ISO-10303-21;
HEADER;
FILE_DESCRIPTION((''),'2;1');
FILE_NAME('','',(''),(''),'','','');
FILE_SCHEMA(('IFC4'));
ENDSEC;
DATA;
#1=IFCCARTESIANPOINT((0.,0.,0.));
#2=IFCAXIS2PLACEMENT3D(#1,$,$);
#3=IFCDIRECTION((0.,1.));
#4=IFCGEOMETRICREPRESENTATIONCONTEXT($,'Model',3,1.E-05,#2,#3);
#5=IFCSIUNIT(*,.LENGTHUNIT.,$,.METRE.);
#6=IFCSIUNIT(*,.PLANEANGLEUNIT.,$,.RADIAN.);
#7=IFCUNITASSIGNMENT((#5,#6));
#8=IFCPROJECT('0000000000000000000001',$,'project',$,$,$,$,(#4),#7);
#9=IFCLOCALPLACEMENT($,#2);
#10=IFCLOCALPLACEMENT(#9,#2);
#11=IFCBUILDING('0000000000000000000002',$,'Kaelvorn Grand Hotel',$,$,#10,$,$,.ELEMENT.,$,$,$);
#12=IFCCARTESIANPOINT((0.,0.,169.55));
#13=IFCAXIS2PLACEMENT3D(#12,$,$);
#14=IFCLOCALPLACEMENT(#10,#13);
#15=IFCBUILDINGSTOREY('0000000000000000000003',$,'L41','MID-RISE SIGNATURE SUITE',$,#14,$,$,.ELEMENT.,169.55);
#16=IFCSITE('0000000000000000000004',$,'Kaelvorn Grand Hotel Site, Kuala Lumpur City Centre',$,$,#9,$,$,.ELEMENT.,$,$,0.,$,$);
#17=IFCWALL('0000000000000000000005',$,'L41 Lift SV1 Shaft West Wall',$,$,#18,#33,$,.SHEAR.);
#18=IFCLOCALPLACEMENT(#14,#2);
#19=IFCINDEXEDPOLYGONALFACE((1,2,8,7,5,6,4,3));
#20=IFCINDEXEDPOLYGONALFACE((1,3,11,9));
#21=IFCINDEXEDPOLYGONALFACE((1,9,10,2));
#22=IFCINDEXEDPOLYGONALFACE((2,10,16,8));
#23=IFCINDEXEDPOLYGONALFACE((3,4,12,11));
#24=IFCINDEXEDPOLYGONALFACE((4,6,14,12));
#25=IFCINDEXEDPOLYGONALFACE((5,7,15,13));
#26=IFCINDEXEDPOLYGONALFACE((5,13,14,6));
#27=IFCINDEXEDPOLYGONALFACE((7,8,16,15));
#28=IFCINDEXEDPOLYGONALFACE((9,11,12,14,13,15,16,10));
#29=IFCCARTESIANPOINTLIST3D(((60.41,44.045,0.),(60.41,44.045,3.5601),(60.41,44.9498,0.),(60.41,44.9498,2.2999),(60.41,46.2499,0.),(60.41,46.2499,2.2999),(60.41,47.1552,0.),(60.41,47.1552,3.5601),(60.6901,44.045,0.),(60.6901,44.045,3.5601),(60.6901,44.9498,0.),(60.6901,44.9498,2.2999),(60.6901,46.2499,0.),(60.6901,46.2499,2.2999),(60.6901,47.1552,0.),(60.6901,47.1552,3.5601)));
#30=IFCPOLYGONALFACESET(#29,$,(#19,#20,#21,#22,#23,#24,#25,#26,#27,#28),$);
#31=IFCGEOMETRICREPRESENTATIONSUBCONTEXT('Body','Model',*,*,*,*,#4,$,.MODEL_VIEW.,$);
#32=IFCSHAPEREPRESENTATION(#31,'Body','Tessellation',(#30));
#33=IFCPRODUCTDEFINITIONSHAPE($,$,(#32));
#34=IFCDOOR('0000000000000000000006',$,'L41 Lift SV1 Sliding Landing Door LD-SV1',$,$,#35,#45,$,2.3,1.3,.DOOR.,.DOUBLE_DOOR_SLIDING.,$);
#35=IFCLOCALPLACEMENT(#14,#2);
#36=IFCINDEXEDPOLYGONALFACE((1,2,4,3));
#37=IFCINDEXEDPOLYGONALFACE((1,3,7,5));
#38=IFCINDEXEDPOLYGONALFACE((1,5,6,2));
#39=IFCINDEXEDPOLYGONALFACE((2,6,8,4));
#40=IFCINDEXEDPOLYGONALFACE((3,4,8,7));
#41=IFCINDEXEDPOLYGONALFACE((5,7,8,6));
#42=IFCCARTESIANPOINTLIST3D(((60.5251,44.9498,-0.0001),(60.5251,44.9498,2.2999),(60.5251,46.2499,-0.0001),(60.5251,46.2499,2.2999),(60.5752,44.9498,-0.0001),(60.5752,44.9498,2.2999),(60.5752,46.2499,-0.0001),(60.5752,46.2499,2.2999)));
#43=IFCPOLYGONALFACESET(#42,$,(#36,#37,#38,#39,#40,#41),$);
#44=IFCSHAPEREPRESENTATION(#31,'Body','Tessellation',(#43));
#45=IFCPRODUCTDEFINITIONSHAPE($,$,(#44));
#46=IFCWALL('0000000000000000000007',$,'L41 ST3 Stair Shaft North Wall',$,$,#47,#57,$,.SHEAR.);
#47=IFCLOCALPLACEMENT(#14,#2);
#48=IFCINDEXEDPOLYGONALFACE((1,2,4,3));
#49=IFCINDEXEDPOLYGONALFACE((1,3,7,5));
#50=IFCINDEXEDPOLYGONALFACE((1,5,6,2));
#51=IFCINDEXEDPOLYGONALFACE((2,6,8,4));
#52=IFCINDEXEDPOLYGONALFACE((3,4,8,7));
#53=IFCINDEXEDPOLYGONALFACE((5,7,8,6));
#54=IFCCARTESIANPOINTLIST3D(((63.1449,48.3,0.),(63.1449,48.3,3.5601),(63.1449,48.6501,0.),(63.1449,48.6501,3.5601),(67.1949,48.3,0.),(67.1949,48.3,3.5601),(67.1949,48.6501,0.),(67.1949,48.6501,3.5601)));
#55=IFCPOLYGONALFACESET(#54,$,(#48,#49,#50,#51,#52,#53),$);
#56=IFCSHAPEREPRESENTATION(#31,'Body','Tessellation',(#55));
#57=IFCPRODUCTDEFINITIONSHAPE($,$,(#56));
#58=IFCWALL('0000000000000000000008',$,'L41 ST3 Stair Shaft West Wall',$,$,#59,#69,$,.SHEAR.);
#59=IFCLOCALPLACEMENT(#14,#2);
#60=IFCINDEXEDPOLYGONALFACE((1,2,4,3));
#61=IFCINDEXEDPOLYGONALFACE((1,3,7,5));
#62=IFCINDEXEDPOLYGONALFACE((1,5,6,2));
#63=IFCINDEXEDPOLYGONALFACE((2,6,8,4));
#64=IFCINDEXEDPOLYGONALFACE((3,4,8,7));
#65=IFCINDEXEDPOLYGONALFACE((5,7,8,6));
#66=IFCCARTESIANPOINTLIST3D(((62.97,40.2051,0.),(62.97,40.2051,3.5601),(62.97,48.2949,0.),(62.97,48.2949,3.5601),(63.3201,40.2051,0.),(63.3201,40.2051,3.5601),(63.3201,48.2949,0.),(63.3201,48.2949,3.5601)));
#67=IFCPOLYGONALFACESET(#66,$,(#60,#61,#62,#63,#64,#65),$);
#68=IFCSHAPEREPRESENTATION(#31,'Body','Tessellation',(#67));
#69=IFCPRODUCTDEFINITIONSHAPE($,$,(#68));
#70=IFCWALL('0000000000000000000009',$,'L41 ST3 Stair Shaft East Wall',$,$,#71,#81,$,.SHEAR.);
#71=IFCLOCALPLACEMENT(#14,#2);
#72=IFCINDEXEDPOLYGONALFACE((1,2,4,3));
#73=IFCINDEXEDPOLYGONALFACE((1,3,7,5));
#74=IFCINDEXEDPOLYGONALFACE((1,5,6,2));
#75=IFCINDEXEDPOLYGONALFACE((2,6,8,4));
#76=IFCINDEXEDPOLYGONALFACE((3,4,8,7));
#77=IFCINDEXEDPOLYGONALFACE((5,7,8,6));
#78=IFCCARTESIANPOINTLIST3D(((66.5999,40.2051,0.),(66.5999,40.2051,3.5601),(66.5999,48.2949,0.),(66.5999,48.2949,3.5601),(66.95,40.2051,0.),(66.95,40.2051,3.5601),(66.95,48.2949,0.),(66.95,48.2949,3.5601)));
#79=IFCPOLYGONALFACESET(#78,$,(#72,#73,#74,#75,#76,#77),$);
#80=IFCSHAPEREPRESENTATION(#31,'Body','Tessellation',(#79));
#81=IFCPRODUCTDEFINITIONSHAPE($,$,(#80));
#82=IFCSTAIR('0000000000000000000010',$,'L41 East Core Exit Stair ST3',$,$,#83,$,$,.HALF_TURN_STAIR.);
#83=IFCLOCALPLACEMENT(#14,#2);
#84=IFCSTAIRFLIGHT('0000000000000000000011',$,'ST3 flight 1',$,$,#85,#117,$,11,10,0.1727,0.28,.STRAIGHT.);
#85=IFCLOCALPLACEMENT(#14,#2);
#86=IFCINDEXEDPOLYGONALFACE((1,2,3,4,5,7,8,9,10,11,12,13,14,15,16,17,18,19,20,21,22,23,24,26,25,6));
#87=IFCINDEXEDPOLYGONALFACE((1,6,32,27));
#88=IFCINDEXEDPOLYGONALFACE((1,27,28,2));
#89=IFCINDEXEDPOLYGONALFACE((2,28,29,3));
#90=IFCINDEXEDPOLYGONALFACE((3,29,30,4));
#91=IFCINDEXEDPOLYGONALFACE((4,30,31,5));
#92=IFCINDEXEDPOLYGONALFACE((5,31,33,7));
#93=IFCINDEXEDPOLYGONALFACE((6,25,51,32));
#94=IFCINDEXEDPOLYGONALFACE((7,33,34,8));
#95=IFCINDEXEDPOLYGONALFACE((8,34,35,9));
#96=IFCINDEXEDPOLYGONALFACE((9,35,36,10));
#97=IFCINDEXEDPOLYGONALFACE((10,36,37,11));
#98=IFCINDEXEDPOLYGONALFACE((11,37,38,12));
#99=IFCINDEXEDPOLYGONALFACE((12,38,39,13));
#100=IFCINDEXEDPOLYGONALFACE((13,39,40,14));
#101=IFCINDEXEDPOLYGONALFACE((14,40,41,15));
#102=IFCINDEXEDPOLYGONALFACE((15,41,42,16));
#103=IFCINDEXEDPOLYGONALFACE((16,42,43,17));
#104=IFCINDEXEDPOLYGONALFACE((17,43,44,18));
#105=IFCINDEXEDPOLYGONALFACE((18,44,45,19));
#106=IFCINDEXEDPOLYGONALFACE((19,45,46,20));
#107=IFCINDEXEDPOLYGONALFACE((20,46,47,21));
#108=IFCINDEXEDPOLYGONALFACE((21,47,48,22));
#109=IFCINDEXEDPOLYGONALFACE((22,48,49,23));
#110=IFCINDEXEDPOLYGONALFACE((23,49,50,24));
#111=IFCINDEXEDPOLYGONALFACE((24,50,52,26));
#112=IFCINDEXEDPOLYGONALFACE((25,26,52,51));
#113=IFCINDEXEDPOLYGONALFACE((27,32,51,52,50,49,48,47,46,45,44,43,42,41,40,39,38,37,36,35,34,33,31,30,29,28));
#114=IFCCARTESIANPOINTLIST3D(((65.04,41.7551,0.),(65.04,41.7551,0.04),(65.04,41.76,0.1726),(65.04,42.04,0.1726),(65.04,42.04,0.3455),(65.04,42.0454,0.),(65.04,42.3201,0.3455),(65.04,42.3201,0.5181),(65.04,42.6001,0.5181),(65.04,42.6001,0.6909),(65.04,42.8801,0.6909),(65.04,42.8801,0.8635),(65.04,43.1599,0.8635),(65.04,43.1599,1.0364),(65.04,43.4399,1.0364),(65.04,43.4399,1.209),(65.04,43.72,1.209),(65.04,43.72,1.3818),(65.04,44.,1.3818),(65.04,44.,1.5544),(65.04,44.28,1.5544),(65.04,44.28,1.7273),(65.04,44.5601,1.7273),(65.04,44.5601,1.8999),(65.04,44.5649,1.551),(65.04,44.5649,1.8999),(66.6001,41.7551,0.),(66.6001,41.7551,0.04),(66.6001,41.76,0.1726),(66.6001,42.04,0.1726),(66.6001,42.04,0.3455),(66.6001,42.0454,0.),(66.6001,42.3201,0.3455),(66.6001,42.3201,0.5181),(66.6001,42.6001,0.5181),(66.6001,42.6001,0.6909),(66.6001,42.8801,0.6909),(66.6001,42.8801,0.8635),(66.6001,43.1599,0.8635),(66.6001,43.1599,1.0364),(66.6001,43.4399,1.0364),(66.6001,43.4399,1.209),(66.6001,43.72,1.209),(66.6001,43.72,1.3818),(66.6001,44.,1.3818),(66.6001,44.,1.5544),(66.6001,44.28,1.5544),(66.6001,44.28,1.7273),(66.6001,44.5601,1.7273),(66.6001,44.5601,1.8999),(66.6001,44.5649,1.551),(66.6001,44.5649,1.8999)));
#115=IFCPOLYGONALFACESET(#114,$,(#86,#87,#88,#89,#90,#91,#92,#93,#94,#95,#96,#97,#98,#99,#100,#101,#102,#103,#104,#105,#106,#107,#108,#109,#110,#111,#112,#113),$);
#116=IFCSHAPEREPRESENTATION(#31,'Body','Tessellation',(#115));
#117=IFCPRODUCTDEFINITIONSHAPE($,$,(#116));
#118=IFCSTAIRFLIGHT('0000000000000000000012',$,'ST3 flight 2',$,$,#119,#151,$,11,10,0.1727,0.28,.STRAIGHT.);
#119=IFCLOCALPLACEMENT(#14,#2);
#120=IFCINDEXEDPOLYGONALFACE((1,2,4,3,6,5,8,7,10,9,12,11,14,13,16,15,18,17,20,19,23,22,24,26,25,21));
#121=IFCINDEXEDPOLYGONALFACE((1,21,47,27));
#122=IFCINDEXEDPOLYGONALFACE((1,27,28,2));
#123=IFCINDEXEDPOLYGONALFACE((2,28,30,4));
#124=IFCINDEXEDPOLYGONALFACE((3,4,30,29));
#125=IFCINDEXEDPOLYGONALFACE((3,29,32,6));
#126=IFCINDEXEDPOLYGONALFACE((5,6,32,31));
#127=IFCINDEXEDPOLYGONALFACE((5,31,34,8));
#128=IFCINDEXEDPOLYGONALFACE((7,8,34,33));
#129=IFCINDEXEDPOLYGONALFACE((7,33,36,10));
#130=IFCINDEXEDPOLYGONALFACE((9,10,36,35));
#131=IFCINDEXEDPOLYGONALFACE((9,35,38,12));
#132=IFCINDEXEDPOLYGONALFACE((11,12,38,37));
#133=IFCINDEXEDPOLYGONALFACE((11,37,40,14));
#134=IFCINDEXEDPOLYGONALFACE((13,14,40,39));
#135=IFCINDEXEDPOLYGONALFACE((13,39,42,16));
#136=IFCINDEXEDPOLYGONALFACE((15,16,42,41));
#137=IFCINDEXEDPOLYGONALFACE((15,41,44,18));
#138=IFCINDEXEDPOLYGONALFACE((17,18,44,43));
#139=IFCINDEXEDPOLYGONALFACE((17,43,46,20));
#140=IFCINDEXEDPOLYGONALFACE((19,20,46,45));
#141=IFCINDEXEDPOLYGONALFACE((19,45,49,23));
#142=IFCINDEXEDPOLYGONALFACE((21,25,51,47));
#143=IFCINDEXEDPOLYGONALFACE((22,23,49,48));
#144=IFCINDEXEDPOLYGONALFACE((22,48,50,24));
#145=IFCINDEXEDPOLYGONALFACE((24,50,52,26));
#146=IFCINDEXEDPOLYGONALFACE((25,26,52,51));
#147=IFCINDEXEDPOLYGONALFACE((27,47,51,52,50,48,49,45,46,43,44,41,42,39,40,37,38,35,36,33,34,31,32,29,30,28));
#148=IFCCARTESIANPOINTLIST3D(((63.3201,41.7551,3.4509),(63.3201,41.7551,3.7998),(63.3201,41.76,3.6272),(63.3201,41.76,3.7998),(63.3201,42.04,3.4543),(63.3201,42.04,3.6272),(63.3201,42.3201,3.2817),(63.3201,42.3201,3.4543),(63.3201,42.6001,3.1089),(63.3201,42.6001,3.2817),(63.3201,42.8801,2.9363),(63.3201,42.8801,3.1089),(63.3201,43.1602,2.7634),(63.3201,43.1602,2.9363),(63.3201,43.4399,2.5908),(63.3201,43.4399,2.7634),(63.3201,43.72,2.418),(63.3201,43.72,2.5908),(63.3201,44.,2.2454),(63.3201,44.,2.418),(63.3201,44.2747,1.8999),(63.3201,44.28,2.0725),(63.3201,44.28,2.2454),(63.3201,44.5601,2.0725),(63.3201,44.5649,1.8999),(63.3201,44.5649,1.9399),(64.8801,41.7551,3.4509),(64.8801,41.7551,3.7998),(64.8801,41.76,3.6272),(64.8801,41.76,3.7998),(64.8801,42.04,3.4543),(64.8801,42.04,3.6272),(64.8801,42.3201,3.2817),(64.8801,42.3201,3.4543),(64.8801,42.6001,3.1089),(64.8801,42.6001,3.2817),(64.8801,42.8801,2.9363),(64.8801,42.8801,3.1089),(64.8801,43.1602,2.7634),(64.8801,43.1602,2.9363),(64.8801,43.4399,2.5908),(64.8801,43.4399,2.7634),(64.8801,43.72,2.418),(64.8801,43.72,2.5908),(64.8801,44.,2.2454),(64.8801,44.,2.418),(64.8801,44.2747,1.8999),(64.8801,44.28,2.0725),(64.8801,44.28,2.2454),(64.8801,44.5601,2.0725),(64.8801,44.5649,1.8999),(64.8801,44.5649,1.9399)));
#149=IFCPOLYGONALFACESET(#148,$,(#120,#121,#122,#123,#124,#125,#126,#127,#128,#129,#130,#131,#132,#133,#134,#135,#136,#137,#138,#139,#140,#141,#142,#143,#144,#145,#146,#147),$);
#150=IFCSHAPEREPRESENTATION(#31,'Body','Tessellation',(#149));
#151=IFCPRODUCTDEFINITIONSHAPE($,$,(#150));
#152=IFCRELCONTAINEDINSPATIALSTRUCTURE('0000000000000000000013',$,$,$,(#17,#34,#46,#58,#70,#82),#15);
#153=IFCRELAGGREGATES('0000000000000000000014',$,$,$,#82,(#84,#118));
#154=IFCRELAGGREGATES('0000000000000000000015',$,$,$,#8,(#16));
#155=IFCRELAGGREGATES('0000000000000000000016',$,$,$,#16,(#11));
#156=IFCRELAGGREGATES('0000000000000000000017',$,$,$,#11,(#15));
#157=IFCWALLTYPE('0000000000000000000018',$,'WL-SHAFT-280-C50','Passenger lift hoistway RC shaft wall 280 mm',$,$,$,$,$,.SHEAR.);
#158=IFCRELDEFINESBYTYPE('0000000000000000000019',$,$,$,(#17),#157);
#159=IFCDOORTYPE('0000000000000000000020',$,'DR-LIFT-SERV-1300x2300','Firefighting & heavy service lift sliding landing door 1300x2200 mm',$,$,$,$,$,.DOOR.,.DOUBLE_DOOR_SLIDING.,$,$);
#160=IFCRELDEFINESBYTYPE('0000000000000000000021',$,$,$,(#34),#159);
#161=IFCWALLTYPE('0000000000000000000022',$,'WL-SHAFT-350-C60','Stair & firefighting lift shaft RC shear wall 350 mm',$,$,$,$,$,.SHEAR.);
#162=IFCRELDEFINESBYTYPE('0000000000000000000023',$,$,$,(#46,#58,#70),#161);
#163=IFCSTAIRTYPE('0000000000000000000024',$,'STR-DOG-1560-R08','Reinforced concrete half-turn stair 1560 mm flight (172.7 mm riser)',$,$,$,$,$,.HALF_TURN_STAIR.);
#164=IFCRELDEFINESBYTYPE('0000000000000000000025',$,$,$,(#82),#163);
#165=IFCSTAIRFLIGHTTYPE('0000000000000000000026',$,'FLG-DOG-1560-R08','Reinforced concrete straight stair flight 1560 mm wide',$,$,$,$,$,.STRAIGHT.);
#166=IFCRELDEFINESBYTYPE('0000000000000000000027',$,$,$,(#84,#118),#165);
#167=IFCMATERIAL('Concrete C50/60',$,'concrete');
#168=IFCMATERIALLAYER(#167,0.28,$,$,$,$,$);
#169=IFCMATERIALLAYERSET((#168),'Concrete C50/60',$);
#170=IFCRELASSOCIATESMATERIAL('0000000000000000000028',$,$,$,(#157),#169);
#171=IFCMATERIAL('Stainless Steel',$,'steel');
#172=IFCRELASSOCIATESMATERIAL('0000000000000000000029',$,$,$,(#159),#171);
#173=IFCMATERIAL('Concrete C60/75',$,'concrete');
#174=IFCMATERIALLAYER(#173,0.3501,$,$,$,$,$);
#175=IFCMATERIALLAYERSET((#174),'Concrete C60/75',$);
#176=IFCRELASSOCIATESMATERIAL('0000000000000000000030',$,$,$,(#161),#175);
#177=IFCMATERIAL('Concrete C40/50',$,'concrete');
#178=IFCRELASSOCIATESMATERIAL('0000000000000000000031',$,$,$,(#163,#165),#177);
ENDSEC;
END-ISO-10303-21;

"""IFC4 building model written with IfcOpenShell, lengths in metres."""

from ifc_helpers import new_model, si_unit, direction, frame, frame_2d, origin, place, context, subcontext, project, spatial, polyline, rectangle, outline, extrude, material, layer, layer_set, type_object, element, fill, aggregate, save


model = new_model("IFC4")

# Units and contexts
model_context = context("Model", 3, precision=1e-05, world=origin(), true_north=direction((0.0, 1.0)))
body_context = subcontext(model_context, "Body", "Model", "MODEL_VIEW")
ifc_project = project(units=[si_unit("LENGTHUNIT", "METRE"), si_unit("PLANEANGLEUNIT", "RADIAN")], contexts=[model_context])

# Site, building, storey
site_placement = place(None, origin())
site = spatial("IfcSite", under=ifc_project, at=site_placement, Name="Kaelvorn Grand Hotel Site, Kuala Lumpur City Centre", CompositionType="ELEMENT", RefElevation=0.0)
building_placement = place(site_placement, origin())
building = spatial("IfcBuilding", under=site, at=building_placement, Name="Kaelvorn Grand Hotel", CompositionType="ELEMENT")
storey_placement = place(building_placement, frame((0.0, 0.0, 169.55)))
storey = spatial("IfcBuildingStorey", under=building, at=storey_placement, Name="L41", Description="MID-RISE SIGNATURE SUITE", CompositionType="ELEMENT", Elevation=169.55)

# Shared definitions
ifc_material_1 = material(Name="Concrete C60/75", Category="concrete")

# Shared definitions
ifc_material_2 = material(Name="Concrete C50/60", Category="concrete")

# Shared definitions
ifc_material_3 = material(Name="Concrete C40/50", Category="concrete")

# Shared definitions
ifc_layer_1 = layer(ifc_material_2, 0.28)
ifc_layer_set_1 = layer_set([ifc_layer_1], Name="Concrete C50/60")
wall_type_1 = type_object("IfcWallType", Name="WL-SHAFT-280-C50", Description="Passenger lift hoistway RC shaft wall 280 mm", PredefinedType="SHEAR", material=ifc_layer_set_1)

# Shared definitions
ifc_material_4 = material(Name="Stainless Steel", Category="steel")
door_type_1 = type_object("IfcDoorType", Name="DR-LIFT-SERV-1300x2300", Description="Firefighting & heavy service lift sliding landing door 1300x2200 mm", OperationType="DOUBLE_DOOR_SLIDING", PredefinedType="DOOR", material=ifc_material_4)

# Wall, opening, door
wall_1_placement = place(storey_placement, frame((60.55, 44.0449, 0.0), z_axis=(0.0, 0.0, 1.0), x_axis=(0.0, 1.0, 0.0)))
wall_1 = element("IfcWall", 1, at=wall_1_placement, inside=storey, type_object=wall_type_1, Name="L41 Lift SV1 Shaft West Wall", PredefinedType="SHEAR", context=body_context, shape_type="SweptSolid", body=[
    extrude(rectangle(XDim=3.1101, YDim=0.28, at=frame_2d((1.5552, 0.0))), origin(), (0.0, 0.0, 1.0), 3.5601),
])
opening_1_placement = place(wall_1_placement, frame((0.905, 0.0, 0.0)))
opening_1 = element("IfcOpeningElement", 2, at=opening_1_placement, cuts=wall_1, PredefinedType="OPENING", context=body_context, shape_type="SweptSolid", body=[
    extrude(rectangle(XDim=1.3, YDim=2.3, at=frame_2d((0.6499, 1.1499))), frame((0.0, 0.1499, 0.0), z_axis=(0.0, -1.0, 0.0), x_axis=(1.0, 0.0, 0.0)), (0.0, 0.0, 1.0), 0.3),
])
door_1_placement = place(opening_1_placement, origin())
door_1 = element("IfcDoor", 3, at=door_1_placement, inside=storey, type_object=door_type_1, Name="L41 Lift SV1 Sliding Landing Door LD-SV1", OperationType="DOUBLE_DOOR_SLIDING", OverallHeight=2.3, OverallWidth=1.3, PredefinedType="DOOR", context=body_context, shape_type="SweptSolid", body=[
    extrude(rectangle(XDim=1.3, YDim=2.3, at=frame_2d((0.6499, 1.1499))), frame((0.0, 0.0249, 0.0), z_axis=(0.0, -1.0, 0.0), x_axis=(1.0, 0.0, 0.0)), (0.0, 0.0, 1.0), 0.05),
])
fill(opening_1, door_1)
ifc_layer_2 = layer(ifc_material_1, 0.3501)
ifc_layer_set_2 = layer_set([ifc_layer_2], Name="Concrete C60/75")
wall_type_2 = type_object("IfcWallType", Name="WL-SHAFT-350-C60", Description="Stair & firefighting lift shaft RC shear wall 350 mm", PredefinedType="SHEAR", material=ifc_layer_set_2)

# Walls
wall_2_placement = place(storey_placement, frame((63.145, 48.4751, 0.0), z_axis=(0.0, 0.0, 1.0), x_axis=(1.0, 0.0, 0.0)))
element("IfcWall", 4, at=wall_2_placement, inside=storey, type_object=wall_type_2, Name="L41 ST3 Stair Shaft North Wall", PredefinedType="SHEAR", context=body_context, shape_type="SweptSolid", body=[
    extrude(rectangle(XDim=4.05, YDim=0.3501, at=frame_2d((2.0249, 0.0))), origin(), (0.0, 0.0, 1.0), 3.5601),
])
for number, where, z_axis, x_axis, name in (
    (5, (63.145, 40.2051, 0.0), (0.0, 0.0, 1.0), (0.0, 1.0, 0.0), "L41 ST3 Stair Shaft West Wall"),
    (6, (66.7749, 40.2051, 0.0), (0.0, 0.0, 1.0), (0.0, 1.0, 0.0), "L41 ST3 Stair Shaft East Wall"),
):
    element("IfcWall", number, at=place(storey_placement, frame(where, z_axis=z_axis, x_axis=x_axis)), inside=storey, type_object=wall_type_2, Name=name, PredefinedType="SHEAR", context=body_context, shape_type="SweptSolid", body=[
        extrude(rectangle(XDim=8.0898, YDim=0.3501, at=frame_2d((4.0449, 0.0))), origin(), (0.0, 0.0, 1.0), 3.5601),
    ])

# Stair, stair flights
stair_type = type_object("IfcStairType", Name="STR-DOG-1560-R08", Description="Reinforced concrete half-turn stair 1560 mm flight (172.7 mm riser)", PredefinedType="HALF_TURN_STAIR", material=ifc_material_3)
stair_placement = place(storey_placement, origin())
stair = element("IfcStair", 7, at=stair_placement, inside=storey, type_object=stair_type, Name="L41 East Core Exit Stair ST3", PredefinedType="HALF_TURN_STAIR")
stair_flight_type = type_object("IfcStairFlightType", Name="FLG-DOG-1560-R08", Description="Reinforced concrete straight stair flight 1560 mm wide", PredefinedType="STRAIGHT", material=ifc_material_3)
stair_flight_1_placement = place(storey_placement, frame((65.8201, 41.76, 0.0), z_axis=(0.0, 0.0, 1.0), x_axis=(0.0, 1.0, 0.0)))
stair_flight_1 = element("IfcStairFlight", 8, at=stair_flight_1_placement, type_object=stair_flight_type, Name="ST3 flight 1", NumberOfRisers=11, NumberOfTreads=10, PredefinedType="STRAIGHT", RiserHeight=0.1727, TreadLength=0.28, context=body_context, shape_type="SweptSolid", body=[
    extrude(outline(polyline([(-0.0049, 0.0), (-0.0049, 0.04), (0.0, 0.1726), (0.28, 0.1726), (0.28, 0.3455), (0.5601, 0.3455), (0.5601, 0.5181), (0.8401, 0.5181), (0.8401, 0.6909), (1.1201, 0.6909), (1.1201, 0.8635), (1.3999, 0.8635), (1.3999, 1.0364), (1.6799, 1.0364), (1.6799, 1.209), (1.96, 1.209), (1.96, 1.3818), (2.24, 1.3818), (2.24, 1.5544), (2.52, 1.5544), (2.52, 1.7273), (2.8, 1.7273), (2.8, 1.8999), (2.8049, 1.8999), (2.8049, 1.551), (0.2854, 0.0), (-0.0049, 0.0)])), frame((0.0, 0.78, 0.0), z_axis=(0.0, -1.0, 0.0), x_axis=(1.0, 0.0, 0.0)), (0.0, 0.0, 1.0), 1.5601),
])
stair_flight_2_placement = place(storey_placement, frame((64.1001, 44.5601, 1.8999), z_axis=(0.0, 0.0, 1.0), x_axis=(0.0, -1.0, 0.0)))
stair_flight_2 = element("IfcStairFlight", 9, at=stair_flight_2_placement, type_object=stair_flight_type, Name="ST3 flight 2", NumberOfRisers=11, NumberOfTreads=10, PredefinedType="STRAIGHT", RiserHeight=0.1727, TreadLength=0.28, context=body_context, shape_type="SweptSolid", body=[
    extrude(outline(polyline([(-0.0049, 0.0), (-0.0049, 0.04), (0.0, 0.1726), (0.28, 0.1726), (0.28, 0.3455), (0.5601, 0.3455), (0.5601, 0.5181), (0.8401, 0.5181), (0.8401, 0.6909), (1.1201, 0.6909), (1.1201, 0.8635), (1.3999, 0.8635), (1.3999, 1.0364), (1.6799, 1.0364), (1.6799, 1.209), (1.96, 1.209), (1.96, 1.3818), (2.24, 1.3818), (2.24, 1.5544), (2.52, 1.5544), (2.52, 1.7273), (2.8, 1.7273), (2.8, 1.8999), (2.8049, 1.8999), (2.8049, 1.551), (0.2854, 0.0), (-0.0049, 0.0)])), frame((0.0, 0.78, 0.0), z_axis=(0.0, -1.0, 0.0), x_axis=(1.0, 0.0, 0.0)), (0.0, 0.0, 1.0), 1.5601),
])
aggregate(stair, [stair_flight_1, stair_flight_2])

save(model, "model.ifc")
